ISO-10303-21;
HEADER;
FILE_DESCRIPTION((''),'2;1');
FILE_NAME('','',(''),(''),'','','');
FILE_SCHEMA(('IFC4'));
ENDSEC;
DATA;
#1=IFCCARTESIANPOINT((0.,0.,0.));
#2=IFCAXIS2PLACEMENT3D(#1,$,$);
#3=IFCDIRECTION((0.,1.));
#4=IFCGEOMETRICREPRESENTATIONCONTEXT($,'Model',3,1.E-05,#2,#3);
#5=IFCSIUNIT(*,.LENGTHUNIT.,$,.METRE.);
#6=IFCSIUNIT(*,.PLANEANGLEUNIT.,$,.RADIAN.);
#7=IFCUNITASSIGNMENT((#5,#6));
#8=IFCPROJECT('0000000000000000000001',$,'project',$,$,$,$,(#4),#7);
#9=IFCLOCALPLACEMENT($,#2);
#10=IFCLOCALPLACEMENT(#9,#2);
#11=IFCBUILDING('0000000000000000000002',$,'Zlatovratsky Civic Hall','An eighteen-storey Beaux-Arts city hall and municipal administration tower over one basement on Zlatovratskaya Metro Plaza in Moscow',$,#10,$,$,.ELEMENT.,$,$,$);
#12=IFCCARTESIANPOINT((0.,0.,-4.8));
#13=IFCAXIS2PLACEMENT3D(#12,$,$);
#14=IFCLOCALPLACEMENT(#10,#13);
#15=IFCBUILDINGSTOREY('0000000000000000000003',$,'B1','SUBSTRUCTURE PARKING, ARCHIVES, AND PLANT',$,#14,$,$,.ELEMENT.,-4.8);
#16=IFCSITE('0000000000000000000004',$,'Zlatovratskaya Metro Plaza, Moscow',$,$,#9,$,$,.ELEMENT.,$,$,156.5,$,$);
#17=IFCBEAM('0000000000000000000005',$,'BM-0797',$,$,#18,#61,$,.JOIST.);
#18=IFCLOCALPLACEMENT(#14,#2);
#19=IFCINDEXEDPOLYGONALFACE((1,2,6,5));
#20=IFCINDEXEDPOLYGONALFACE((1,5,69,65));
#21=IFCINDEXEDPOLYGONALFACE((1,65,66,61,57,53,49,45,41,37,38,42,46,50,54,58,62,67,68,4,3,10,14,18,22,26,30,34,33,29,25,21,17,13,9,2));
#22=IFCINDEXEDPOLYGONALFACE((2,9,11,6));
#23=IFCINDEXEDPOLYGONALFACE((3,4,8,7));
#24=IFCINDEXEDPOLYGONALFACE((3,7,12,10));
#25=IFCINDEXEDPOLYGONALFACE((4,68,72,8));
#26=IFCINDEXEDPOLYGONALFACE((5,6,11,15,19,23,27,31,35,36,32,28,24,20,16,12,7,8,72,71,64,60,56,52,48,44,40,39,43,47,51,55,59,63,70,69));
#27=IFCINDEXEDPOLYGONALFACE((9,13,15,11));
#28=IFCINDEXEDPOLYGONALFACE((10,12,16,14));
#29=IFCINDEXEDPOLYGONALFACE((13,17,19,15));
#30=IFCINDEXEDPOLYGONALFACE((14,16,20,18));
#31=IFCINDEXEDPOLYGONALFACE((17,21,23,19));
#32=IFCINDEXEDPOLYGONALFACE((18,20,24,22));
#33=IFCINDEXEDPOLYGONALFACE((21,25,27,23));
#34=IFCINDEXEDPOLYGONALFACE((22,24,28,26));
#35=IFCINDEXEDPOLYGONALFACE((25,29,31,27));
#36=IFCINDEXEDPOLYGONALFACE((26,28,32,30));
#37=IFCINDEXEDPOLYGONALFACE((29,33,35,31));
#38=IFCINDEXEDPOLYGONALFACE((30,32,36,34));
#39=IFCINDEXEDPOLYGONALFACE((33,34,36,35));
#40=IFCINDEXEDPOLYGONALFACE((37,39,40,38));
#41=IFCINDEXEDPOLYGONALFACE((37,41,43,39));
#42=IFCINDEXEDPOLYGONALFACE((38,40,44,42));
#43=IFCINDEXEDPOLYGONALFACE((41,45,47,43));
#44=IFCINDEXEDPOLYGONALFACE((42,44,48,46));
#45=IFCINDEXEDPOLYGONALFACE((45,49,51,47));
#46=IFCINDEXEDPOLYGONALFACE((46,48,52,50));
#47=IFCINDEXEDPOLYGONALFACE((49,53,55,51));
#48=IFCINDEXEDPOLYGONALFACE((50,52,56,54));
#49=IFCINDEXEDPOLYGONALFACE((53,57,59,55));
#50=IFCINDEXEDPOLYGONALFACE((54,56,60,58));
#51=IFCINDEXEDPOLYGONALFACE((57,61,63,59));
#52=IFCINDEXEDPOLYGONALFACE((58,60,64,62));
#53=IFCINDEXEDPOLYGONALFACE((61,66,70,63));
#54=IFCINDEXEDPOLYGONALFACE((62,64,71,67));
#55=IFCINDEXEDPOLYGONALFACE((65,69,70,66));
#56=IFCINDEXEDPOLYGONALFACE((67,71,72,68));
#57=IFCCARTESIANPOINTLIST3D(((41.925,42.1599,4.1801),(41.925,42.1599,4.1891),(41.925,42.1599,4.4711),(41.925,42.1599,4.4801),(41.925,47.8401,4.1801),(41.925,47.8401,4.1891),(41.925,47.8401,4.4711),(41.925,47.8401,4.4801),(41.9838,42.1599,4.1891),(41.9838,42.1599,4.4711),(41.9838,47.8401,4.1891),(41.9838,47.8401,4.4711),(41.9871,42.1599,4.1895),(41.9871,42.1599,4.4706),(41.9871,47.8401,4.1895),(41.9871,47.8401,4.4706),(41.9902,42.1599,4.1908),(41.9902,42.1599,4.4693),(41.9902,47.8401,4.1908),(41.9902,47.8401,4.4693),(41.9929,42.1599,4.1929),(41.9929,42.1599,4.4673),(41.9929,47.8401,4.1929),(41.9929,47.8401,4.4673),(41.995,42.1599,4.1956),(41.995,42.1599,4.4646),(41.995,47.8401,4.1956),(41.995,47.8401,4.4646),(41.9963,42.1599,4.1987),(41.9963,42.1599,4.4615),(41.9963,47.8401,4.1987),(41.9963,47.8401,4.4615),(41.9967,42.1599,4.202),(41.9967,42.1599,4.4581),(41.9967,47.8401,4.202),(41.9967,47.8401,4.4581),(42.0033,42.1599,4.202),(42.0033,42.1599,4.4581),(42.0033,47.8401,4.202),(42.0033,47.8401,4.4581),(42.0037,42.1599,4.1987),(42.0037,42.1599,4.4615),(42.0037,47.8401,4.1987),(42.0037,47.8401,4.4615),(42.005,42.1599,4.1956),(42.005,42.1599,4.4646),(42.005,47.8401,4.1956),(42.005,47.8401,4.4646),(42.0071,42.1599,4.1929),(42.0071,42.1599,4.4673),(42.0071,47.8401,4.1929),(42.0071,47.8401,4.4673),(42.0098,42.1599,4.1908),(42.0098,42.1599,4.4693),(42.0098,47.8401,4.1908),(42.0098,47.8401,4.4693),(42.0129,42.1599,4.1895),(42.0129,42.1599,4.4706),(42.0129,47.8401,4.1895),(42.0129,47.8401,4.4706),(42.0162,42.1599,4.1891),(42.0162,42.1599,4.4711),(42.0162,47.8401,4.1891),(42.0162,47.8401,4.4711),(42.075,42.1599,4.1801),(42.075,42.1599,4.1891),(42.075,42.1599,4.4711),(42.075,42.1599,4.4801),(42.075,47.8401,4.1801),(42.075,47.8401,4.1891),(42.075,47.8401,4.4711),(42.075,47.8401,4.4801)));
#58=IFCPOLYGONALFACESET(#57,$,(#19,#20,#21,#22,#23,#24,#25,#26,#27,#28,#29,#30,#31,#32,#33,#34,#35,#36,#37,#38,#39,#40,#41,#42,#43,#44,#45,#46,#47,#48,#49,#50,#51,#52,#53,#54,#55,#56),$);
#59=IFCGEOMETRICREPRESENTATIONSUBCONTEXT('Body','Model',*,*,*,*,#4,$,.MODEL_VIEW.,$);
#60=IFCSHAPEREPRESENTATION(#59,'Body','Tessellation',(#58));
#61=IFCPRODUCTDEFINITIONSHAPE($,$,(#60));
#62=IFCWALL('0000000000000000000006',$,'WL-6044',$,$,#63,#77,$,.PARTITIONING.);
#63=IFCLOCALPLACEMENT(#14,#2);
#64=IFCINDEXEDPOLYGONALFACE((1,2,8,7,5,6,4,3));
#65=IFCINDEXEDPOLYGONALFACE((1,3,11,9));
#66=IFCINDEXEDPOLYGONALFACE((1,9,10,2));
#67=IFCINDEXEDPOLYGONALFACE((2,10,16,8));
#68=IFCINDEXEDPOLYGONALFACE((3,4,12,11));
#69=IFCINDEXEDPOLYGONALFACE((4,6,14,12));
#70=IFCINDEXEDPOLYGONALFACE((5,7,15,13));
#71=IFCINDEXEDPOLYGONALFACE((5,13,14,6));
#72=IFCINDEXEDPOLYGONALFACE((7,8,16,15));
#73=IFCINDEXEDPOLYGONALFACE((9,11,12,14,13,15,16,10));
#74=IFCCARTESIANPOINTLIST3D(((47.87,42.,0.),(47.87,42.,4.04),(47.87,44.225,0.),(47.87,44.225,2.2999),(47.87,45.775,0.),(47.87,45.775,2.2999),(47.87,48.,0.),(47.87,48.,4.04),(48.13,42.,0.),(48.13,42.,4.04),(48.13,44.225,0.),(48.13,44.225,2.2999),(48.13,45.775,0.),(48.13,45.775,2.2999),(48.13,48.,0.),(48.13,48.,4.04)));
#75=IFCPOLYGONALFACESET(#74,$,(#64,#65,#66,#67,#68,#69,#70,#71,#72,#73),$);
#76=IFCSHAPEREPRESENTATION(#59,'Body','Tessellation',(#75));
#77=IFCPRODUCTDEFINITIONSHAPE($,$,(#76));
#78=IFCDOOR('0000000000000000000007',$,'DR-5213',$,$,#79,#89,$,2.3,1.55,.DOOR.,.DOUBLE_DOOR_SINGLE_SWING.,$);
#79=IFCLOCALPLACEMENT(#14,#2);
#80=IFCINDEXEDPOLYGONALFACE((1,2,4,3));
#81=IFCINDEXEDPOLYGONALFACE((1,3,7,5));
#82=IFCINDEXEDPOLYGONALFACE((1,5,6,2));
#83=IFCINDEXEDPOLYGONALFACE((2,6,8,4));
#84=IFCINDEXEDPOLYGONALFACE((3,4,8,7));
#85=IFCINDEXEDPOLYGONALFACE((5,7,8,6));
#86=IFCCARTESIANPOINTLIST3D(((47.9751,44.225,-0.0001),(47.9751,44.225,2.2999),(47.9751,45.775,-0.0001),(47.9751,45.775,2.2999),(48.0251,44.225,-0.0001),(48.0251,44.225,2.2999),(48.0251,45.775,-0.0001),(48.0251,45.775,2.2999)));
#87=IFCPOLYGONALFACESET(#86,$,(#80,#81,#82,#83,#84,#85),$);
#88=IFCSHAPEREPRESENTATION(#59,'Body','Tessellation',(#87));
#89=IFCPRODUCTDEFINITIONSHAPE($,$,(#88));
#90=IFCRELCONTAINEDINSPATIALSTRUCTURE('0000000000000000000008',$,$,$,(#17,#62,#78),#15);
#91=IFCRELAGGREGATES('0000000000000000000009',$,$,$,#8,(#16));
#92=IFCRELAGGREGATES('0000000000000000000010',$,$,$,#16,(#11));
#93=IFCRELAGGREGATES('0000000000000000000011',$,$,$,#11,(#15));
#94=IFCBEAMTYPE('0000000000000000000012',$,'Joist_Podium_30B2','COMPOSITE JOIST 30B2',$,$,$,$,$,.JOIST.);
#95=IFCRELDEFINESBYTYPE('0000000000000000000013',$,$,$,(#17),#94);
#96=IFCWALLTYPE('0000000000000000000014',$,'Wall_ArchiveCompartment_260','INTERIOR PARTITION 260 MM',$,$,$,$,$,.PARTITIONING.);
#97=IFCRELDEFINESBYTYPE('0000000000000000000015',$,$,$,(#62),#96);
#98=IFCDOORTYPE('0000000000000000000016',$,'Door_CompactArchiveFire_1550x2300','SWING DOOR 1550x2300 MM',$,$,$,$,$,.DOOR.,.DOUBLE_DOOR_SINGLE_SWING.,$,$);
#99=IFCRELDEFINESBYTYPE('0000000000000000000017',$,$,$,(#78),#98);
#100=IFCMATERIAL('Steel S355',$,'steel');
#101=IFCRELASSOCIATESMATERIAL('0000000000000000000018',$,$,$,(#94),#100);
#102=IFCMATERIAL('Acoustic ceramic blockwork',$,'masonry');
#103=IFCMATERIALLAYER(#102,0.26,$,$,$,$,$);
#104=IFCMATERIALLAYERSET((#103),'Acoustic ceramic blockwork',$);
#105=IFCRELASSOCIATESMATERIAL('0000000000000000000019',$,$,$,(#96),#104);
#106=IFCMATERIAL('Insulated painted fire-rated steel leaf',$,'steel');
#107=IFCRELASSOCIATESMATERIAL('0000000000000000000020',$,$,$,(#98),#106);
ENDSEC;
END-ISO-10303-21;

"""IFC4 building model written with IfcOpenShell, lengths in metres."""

from ifc_helpers import new_model, si_unit, direction, frame, frame_2d, origin, origin_2d, place, context, subcontext, project, spatial, rectangle, i_section, extrude, material, layer, layer_set, material_profile, profile_set, type_object, element, fill, save


model = new_model("IFC4")

# Units and contexts
model_context = context("Model", 3, precision=1e-05, world=origin(), true_north=direction((0.0, 1.0)))
body_context = subcontext(model_context, "Body", "Model", "MODEL_VIEW")
ifc_project = project(units=[si_unit("LENGTHUNIT", "METRE"), si_unit("PLANEANGLEUNIT", "RADIAN")], contexts=[model_context])

# Site, building, storey
site_placement = place(None, origin())
site = spatial("IfcSite", under=ifc_project, at=site_placement, Name="Zlatovratskaya Metro Plaza, Moscow", CompositionType="ELEMENT", RefElevation=156.5)
building_placement = place(site_placement, origin())
building = spatial("IfcBuilding", under=site, at=building_placement, Name="Zlatovratsky Civic Hall", Description="An eighteen-storey Beaux-Arts city hall and municipal administration tower over one basement on Zlatovratskaya Metro Plaza in Moscow", CompositionType="ELEMENT")
storey_placement = place(building_placement, frame((0.0, 0.0, -4.8)))
storey = spatial("IfcBuildingStorey", under=building, at=storey_placement, Name="B1", Description="SUBSTRUCTURE PARKING, ARCHIVES, AND PLANT", CompositionType="ELEMENT", Elevation=-4.8)

# Shared definitions
ifc_material_1 = material(Name="Steel S355", Category="steel")

# Beam
ifc_material_profile_1 = material_profile(ifc_material_1, i_section(OverallWidth=0.1499, OverallDepth=0.3, WebThickness=0.0066, FlangeThickness=0.009, FilletRadius=0.0129, at=origin_2d()), Name="30B2")
ifc_profile_set_1 = profile_set([ifc_material_profile_1], Name="Steel S355")
beam_type_1 = type_object("IfcBeamType", Name="Joist_Podium_30B2", Description="COMPOSITE JOIST 30B2", PredefinedType="JOIST", material=ifc_profile_set_1)
for number, where, z_axis, x_axis, name in (
    (1, (42.0, 42.1599, 4.3301), (0.0, 1.0, 0.0), (-1.0, 0.0, 0.0), "BM-0797"),
):
    element("IfcBeam", number, at=place(storey_placement, frame(where, z_axis=z_axis, x_axis=x_axis)), inside=storey, type_object=beam_type_1, Name=name, PredefinedType="JOIST", context=body_context, shape_type="SweptSolid", body=[
        extrude(i_section(OverallWidth=0.1499, OverallDepth=0.3, WebThickness=0.0066, FlangeThickness=0.009, FilletRadius=0.0129, at=origin_2d()), origin(), (0.0, 0.0, 1.0), 5.6802),
    ])

# Wall, opening, door
ifc_material_2 = material(Name="Acoustic ceramic blockwork", Category="masonry")
ifc_layer = layer(ifc_material_2, 0.26)
ifc_layer_set = layer_set([ifc_layer], Name="Acoustic ceramic blockwork")
wall_type = type_object("IfcWallType", Name="Wall_ArchiveCompartment_260", Description="INTERIOR PARTITION 260 MM", PredefinedType="PARTITIONING", material=ifc_layer_set)
wall_placement = place(storey_placement, frame((48.0, 42.0, 0.0), z_axis=(0.0, 0.0, 1.0), x_axis=(0.0, 1.0, 0.0)))
wall = element("IfcWall", 2, at=wall_placement, inside=storey, type_object=wall_type, Name="WL-6044", PredefinedType="PARTITIONING", context=body_context, shape_type="SweptSolid", body=[
    extrude(rectangle(XDim=6.0, YDim=0.26, at=frame_2d((3.0, 0.0))), origin(), (0.0, 0.0, 1.0), 4.04),
])
opening_placement = place(wall_placement, frame((2.2251, 0.0, 0.0)))
opening = element("IfcOpeningElement", 3, at=opening_placement, cuts=wall, PredefinedType="OPENING", context=body_context, shape_type="SweptSolid", body=[
    extrude(rectangle(XDim=1.55, YDim=2.3, at=frame_2d((0.7749, 1.1499))), frame((0.0, 0.145, 0.0), z_axis=(0.0, -1.0, 0.0), x_axis=(1.0, 0.0, 0.0)), (0.0, 0.0, 1.0), 0.2898),
])
ifc_material_3 = material(Name="Insulated painted fire-rated steel leaf", Category="steel")
door_type = type_object("IfcDoorType", Name="Door_CompactArchiveFire_1550x2300", Description="SWING DOOR 1550x2300 MM", OperationType="DOUBLE_DOOR_SINGLE_SWING", PredefinedType="DOOR", material=ifc_material_3)
door_placement = place(opening_placement, origin())
door = element("IfcDoor", 4, at=door_placement, inside=storey, type_object=door_type, Name="DR-5213", OperationType="DOUBLE_DOOR_SINGLE_SWING", OverallHeight=2.3, OverallWidth=1.55, PredefinedType="DOOR", context=body_context, shape_type="SweptSolid", body=[
    extrude(rectangle(XDim=1.55, YDim=2.3, at=frame_2d((0.7749, 1.1499))), frame((0.0, 0.0249, 0.0), z_axis=(0.0, -1.0, 0.0), x_axis=(1.0, 0.0, 0.0)), (0.0, 0.0, 1.0), 0.05),
])
fill(opening, door)

save(model, "model.ifc")
